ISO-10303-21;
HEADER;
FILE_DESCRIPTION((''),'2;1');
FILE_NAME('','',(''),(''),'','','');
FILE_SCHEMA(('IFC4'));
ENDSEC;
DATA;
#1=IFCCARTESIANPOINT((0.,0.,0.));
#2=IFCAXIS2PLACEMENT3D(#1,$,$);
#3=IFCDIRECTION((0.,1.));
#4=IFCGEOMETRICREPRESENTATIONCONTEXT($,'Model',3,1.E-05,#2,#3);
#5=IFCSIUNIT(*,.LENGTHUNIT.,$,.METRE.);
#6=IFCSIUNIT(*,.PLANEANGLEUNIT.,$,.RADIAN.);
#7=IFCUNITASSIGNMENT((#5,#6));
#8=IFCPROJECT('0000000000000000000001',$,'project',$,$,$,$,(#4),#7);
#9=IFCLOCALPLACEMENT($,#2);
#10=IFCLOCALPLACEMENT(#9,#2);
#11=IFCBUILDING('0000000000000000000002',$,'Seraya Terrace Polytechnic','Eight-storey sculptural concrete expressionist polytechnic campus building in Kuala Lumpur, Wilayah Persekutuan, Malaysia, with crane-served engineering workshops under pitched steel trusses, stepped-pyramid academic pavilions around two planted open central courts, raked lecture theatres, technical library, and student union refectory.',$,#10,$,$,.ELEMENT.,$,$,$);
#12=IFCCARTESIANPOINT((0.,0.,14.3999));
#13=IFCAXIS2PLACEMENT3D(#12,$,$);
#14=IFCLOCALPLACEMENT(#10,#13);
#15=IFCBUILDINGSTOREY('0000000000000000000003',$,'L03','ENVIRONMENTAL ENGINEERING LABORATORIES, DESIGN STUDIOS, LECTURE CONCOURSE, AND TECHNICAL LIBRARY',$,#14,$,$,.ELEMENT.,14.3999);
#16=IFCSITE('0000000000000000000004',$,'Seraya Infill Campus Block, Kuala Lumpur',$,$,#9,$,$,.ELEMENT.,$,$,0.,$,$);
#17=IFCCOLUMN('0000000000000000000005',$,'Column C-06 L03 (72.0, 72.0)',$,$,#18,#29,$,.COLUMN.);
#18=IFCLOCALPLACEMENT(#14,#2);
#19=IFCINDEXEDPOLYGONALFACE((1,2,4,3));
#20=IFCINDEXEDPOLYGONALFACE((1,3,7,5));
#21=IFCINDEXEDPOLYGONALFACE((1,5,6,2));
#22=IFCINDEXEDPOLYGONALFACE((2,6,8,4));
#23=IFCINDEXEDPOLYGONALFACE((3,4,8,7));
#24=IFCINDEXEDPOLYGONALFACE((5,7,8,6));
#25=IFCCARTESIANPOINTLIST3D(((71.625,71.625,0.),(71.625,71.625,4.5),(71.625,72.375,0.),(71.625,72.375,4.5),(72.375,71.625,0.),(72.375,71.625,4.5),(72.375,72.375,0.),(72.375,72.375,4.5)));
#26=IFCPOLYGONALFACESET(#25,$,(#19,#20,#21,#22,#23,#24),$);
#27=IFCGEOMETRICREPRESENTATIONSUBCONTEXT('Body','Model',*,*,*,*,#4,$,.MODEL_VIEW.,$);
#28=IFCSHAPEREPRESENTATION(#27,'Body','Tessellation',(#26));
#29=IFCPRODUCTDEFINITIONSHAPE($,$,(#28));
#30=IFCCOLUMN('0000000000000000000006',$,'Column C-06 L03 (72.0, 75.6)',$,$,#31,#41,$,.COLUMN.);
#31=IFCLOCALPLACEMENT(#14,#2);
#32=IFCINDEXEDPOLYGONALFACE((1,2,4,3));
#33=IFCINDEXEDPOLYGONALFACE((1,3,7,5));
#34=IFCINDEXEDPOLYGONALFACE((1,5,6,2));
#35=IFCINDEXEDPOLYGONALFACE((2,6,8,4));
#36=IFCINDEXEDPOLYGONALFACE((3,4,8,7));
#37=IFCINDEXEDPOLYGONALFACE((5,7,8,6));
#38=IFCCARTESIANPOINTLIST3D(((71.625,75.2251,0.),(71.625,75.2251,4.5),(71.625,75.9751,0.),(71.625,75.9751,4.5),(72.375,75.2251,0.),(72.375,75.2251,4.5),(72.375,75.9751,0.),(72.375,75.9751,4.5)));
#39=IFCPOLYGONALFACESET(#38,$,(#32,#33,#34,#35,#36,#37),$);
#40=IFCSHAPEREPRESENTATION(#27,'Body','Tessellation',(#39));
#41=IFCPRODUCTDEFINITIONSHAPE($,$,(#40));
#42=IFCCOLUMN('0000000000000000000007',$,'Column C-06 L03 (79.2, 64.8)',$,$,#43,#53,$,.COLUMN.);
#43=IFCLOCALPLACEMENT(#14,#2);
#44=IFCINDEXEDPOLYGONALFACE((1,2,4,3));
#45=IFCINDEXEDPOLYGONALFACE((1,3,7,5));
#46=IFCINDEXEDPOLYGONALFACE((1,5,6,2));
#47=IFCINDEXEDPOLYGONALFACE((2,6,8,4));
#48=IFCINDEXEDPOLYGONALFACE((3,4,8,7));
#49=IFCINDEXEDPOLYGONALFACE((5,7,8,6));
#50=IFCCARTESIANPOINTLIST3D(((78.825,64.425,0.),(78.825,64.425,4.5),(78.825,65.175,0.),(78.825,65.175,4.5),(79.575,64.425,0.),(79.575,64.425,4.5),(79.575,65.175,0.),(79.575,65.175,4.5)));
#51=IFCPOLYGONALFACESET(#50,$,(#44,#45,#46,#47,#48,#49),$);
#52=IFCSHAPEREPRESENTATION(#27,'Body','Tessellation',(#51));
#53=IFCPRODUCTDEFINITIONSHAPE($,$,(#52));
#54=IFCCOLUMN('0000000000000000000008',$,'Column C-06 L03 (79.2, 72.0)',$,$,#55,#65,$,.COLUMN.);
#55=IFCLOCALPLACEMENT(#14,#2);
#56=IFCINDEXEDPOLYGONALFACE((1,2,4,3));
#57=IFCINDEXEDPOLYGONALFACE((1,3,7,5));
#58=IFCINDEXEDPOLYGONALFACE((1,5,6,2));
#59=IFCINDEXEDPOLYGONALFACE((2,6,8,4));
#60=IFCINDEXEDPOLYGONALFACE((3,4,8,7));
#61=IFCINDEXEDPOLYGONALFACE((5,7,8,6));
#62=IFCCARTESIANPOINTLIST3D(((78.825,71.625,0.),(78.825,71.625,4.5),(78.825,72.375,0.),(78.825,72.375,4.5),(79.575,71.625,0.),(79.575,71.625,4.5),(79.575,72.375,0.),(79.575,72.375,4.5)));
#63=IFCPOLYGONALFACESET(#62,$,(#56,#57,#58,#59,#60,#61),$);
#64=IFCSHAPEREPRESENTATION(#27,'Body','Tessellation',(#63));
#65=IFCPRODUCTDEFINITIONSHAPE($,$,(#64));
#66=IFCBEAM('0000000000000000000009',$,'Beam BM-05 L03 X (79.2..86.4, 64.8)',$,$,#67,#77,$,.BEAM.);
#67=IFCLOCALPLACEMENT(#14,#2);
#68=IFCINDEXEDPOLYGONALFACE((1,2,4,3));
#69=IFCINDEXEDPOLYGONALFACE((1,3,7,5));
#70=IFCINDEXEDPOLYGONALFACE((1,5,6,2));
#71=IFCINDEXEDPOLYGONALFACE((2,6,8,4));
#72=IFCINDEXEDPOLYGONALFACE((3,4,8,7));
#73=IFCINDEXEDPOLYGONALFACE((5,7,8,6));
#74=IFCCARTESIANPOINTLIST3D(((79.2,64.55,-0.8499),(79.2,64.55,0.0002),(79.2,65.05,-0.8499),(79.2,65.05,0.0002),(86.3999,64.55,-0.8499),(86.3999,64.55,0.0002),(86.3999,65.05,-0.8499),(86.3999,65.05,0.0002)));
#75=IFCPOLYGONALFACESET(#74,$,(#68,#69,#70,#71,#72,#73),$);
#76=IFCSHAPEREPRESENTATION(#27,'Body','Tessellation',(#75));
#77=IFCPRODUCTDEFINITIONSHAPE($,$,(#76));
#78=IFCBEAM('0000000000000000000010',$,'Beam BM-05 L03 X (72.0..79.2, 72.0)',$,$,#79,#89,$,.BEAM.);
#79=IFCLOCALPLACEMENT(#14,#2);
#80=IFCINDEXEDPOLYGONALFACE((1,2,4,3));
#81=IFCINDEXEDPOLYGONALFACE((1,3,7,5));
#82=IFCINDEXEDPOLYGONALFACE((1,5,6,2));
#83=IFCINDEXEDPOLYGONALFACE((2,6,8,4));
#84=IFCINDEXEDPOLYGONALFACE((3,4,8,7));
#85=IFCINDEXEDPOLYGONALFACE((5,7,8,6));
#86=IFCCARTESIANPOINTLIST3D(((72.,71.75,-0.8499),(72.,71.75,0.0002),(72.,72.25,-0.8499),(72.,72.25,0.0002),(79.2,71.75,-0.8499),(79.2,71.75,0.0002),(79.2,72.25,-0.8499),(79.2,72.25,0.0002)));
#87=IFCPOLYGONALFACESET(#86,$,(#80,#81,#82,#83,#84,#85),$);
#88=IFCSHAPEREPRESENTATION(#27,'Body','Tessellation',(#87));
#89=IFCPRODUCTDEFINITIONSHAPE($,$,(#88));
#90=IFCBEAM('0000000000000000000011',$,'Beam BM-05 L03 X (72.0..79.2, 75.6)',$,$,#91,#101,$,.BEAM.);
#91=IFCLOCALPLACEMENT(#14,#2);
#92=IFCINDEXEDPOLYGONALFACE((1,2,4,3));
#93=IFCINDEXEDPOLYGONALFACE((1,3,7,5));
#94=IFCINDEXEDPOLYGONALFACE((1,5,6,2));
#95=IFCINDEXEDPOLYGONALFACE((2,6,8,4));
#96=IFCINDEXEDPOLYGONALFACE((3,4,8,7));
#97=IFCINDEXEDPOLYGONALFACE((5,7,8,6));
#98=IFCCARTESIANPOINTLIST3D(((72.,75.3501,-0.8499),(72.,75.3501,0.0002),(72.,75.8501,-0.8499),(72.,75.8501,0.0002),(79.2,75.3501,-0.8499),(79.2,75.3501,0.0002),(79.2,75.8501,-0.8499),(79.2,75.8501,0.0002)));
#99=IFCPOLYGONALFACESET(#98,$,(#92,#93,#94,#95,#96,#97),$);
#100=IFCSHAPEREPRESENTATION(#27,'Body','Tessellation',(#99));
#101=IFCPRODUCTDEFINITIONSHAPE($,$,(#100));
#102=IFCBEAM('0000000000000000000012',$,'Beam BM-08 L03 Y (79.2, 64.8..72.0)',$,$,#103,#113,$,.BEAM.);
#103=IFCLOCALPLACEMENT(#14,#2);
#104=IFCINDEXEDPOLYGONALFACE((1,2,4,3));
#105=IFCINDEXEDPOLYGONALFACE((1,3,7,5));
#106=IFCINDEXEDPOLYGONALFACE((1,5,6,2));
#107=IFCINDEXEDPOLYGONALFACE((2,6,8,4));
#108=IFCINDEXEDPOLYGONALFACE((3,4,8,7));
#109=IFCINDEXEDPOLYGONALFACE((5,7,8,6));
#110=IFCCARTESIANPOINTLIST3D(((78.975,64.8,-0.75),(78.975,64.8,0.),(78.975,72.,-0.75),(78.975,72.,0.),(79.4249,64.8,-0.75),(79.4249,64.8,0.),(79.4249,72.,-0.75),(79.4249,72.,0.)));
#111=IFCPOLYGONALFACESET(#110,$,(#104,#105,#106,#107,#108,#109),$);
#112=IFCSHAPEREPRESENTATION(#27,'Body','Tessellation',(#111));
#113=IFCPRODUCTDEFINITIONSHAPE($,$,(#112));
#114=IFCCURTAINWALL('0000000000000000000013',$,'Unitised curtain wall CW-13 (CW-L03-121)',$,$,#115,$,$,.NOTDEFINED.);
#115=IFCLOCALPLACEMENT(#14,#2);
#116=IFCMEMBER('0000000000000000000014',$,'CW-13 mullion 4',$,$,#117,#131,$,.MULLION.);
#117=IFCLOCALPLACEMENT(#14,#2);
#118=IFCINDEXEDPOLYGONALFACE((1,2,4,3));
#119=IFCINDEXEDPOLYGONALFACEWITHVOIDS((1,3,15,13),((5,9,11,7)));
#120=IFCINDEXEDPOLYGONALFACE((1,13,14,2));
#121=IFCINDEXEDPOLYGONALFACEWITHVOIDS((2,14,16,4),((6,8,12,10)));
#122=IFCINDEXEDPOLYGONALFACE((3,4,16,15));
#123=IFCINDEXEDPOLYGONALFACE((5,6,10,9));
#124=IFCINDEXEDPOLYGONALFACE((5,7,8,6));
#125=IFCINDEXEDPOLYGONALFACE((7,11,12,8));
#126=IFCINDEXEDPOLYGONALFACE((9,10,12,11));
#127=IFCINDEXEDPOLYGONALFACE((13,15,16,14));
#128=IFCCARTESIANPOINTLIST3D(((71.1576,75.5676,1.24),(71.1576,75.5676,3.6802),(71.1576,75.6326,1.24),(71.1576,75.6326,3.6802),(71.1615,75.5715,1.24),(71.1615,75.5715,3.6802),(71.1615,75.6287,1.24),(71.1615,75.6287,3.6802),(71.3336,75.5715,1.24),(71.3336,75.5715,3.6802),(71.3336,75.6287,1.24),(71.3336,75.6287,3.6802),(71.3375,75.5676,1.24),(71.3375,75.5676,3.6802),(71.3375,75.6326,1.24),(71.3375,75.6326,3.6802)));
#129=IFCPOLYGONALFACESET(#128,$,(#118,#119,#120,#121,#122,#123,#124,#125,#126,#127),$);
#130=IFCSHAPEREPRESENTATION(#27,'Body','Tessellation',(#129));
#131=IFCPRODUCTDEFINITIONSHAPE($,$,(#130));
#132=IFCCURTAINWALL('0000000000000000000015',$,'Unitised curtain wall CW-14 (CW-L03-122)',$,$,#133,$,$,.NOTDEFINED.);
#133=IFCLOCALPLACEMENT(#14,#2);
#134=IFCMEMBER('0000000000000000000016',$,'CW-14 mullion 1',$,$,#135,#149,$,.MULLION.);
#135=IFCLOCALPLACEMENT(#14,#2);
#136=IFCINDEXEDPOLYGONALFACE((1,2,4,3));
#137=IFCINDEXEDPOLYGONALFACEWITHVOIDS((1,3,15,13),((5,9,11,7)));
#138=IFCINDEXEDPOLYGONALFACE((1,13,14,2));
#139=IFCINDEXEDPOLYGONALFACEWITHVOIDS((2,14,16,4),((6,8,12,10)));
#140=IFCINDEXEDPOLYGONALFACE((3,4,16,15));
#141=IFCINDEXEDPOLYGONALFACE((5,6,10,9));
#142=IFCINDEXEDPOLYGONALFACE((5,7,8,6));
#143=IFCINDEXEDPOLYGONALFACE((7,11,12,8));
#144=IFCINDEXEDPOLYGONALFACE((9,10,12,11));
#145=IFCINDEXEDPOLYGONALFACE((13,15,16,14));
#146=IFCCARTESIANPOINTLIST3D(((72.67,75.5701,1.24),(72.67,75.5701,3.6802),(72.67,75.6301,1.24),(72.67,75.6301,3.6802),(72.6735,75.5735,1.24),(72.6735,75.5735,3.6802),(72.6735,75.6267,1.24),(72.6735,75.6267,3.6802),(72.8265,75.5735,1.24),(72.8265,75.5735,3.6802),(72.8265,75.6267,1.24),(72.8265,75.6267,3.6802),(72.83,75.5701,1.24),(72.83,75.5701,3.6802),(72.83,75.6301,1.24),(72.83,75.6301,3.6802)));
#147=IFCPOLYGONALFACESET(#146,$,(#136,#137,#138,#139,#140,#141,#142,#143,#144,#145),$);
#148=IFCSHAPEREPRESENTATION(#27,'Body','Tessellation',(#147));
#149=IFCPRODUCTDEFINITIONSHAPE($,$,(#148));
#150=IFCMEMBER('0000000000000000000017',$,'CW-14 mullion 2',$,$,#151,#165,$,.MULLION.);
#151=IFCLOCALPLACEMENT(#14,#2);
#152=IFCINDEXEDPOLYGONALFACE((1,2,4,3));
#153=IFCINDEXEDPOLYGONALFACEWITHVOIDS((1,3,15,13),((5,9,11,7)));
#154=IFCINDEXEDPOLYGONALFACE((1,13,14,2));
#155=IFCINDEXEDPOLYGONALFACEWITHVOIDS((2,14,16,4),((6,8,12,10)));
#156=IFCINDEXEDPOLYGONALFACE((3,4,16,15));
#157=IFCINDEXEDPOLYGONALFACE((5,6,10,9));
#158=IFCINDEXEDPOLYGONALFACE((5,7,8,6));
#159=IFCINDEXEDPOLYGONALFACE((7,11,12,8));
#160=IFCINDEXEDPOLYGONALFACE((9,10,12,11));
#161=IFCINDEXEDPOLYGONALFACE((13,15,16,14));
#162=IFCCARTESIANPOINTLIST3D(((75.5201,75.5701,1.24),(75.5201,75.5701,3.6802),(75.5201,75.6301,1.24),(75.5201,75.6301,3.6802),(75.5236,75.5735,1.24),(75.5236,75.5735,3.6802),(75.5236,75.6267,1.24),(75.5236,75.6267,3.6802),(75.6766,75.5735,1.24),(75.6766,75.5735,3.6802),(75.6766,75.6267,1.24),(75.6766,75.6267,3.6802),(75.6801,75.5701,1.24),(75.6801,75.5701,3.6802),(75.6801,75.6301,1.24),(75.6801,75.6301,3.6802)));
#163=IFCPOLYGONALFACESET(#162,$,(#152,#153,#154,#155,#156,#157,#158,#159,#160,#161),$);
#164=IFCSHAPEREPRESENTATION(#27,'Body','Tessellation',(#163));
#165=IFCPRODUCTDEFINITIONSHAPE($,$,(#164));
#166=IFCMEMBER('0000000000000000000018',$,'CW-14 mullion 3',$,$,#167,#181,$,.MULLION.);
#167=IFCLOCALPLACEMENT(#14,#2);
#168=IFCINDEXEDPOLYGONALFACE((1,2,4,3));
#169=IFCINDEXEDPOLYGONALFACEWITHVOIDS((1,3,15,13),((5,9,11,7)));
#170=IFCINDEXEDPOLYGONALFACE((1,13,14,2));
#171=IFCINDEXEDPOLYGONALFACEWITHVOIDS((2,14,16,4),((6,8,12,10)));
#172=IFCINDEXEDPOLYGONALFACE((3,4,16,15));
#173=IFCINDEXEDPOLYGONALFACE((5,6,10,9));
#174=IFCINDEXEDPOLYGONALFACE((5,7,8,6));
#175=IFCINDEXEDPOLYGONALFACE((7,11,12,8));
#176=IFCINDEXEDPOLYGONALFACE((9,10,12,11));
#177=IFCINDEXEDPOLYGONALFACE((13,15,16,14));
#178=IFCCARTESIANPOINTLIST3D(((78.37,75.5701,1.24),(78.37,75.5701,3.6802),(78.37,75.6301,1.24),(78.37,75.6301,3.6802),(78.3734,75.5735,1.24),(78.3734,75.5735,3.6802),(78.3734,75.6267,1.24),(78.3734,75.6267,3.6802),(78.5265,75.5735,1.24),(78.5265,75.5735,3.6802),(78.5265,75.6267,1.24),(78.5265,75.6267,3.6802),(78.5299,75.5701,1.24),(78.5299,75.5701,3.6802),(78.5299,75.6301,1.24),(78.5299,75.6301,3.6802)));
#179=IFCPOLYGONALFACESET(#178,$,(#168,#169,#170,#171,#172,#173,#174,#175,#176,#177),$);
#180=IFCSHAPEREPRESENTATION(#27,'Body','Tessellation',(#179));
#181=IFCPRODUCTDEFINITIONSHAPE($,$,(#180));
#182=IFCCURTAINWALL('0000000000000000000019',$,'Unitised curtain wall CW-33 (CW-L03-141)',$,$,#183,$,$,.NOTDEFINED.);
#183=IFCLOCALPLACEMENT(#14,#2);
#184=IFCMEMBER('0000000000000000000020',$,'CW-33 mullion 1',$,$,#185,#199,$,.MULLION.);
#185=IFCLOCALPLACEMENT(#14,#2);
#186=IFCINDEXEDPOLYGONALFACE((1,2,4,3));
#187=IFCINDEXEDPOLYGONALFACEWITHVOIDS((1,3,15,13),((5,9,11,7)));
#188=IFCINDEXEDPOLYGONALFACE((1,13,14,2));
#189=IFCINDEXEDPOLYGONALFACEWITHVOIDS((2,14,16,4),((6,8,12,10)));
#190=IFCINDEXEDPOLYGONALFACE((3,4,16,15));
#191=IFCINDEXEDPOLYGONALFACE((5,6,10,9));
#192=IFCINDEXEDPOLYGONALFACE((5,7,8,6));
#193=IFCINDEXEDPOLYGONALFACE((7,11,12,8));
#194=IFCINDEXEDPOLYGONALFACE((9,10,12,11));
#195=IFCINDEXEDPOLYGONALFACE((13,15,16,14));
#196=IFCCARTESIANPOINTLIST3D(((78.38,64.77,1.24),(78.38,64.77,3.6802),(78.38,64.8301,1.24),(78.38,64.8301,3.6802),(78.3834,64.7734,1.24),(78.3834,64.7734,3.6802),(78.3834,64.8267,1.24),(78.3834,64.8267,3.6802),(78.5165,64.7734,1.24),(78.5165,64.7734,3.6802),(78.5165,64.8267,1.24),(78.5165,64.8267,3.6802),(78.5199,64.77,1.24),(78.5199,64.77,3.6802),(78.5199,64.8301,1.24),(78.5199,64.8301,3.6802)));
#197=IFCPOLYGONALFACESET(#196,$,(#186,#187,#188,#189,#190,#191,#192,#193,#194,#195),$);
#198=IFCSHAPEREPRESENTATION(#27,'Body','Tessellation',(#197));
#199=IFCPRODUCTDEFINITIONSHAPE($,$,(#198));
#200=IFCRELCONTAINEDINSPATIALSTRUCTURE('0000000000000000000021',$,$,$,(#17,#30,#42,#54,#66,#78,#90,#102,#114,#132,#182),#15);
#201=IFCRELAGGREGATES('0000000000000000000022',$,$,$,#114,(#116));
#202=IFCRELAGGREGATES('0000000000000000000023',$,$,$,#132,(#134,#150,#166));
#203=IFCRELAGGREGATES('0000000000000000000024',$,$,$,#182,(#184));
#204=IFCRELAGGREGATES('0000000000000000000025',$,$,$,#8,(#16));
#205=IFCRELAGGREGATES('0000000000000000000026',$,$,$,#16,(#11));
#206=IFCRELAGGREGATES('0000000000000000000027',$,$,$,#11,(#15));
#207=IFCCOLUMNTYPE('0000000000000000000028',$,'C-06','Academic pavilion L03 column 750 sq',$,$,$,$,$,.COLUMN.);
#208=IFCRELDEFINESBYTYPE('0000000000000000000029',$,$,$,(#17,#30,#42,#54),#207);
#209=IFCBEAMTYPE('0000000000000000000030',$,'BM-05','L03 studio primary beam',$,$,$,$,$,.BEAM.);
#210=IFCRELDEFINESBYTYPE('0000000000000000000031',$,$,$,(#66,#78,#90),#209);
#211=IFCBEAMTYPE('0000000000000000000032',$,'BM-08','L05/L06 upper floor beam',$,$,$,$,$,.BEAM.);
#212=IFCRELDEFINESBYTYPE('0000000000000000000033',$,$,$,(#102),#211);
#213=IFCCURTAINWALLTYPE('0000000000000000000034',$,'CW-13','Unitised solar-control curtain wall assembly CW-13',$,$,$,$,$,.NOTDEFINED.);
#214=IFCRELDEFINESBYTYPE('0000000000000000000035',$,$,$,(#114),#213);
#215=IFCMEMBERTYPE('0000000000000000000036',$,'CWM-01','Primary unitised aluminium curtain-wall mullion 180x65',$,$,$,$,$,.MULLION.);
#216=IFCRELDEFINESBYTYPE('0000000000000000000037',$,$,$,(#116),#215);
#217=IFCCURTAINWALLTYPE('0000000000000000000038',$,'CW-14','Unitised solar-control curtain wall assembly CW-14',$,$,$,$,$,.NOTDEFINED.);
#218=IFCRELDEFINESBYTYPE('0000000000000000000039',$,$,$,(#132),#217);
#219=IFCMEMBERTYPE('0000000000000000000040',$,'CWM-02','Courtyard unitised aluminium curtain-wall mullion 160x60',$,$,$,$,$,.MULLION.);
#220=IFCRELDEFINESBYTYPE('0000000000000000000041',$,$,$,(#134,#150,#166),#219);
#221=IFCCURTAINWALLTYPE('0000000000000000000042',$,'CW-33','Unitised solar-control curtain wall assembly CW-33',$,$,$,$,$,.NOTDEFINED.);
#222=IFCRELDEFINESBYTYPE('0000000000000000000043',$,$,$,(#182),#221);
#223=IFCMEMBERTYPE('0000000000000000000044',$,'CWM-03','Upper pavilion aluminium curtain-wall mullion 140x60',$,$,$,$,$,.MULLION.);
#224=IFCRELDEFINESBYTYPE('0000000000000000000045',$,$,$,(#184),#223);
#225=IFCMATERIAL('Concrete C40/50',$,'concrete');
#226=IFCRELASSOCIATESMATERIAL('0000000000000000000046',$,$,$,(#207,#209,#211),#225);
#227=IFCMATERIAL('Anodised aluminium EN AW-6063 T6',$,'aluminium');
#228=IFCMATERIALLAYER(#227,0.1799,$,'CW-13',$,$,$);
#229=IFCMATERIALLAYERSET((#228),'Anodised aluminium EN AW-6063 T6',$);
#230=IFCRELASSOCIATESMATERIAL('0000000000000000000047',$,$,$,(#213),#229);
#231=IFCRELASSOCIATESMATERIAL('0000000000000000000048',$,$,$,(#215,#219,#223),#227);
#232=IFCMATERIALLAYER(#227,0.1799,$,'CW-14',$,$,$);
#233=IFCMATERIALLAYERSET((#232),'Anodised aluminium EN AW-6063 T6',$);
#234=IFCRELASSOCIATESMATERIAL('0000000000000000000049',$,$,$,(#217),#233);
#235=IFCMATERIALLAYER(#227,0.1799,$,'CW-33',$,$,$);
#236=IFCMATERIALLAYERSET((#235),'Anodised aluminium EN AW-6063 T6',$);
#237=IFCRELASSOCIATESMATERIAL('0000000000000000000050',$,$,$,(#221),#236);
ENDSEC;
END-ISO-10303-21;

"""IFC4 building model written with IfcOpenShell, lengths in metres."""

from ifc_helpers import new_model, si_unit, direction, frame, origin, origin_2d, place, context, subcontext, project, spatial, rectangle, hollow_rectangle, extrude, material, layer, layer_set, material_profile, profile_set, type_object, element, aggregate, save


model = new_model("IFC4")

# Units and contexts
model_context = context("Model", 3, precision=1e-05, world=origin(), true_north=direction((0.0, 1.0)))
body_context = subcontext(model_context, "Body", "Model", "MODEL_VIEW")
ifc_project = project(units=[si_unit("LENGTHUNIT", "METRE"), si_unit("PLANEANGLEUNIT", "RADIAN")], contexts=[model_context])

# Site, building, storey
site_placement = place(None, origin())
site = spatial("IfcSite", under=ifc_project, at=site_placement, Name="Seraya Infill Campus Block, Kuala Lumpur", CompositionType="ELEMENT", RefElevation=0.0)
building_placement = place(site_placement, origin())
building = spatial("IfcBuilding", under=site, at=building_placement, Name="Seraya Terrace Polytechnic", Description="Eight-storey sculptural concrete expressionist polytechnic campus building in Kuala Lumpur, Wilayah Persekutuan, Malaysia, with crane-served engineering workshops under pitched steel trusses, stepped-pyramid academic pavilions around two planted open central courts, raked lecture theatres, technical library, and student union refectory.", CompositionType="ELEMENT")
storey_placement = place(building_placement, frame((0.0, 0.0, 14.3999)))
storey = spatial("IfcBuildingStorey", under=building, at=storey_placement, Name="L03", Description="ENVIRONMENTAL ENGINEERING LABORATORIES, DESIGN STUDIOS, LECTURE CONCOURSE, AND TECHNICAL LIBRARY", CompositionType="ELEMENT", Elevation=14.3999)

# Columns
ifc_material_1 = material(Name="Concrete C40/50", Category="concrete")
ifc_material_profile_1 = material_profile(ifc_material_1, rectangle(XDim=0.75, YDim=0.75, at=origin_2d()), Name="RC 750x750")
ifc_profile_set_1 = profile_set([ifc_material_profile_1], Name="Concrete C40/50")
column_type = type_object("IfcColumnType", Name="C-06", Description="Academic pavilion L03 column 750 sq", PredefinedType="COLUMN", material=ifc_profile_set_1)
for number, where, z_axis, x_axis, name in (
    (1, (72.0, 72.0, 0.0), (0.0, 0.0, 1.0), (1.0, 0.0, 0.0), "Column C-06 L03 (72.0, 72.0)"),
    (2, (72.0, 75.6001, 0.0), (0.0, 0.0, 1.0), (1.0, 0.0, 0.0), "Column C-06 L03 (72.0, 75.6)"),
    (3, (79.2, 64.8, 0.0), (0.0, 0.0, 1.0), (1.0, 0.0, 0.0), "Column C-06 L03 (79.2, 64.8)"),
    (4, (79.2, 72.0, 0.0), (0.0, 0.0, 1.0), (1.0, 0.0, 0.0), "Column C-06 L03 (79.2, 72.0)"),
):
    element("IfcColumn", number, at=place(storey_placement, frame(where, z_axis=z_axis, x_axis=x_axis)), inside=storey, type_object=column_type, Name=name, PredefinedType="COLUMN", context=body_context, shape_type="SweptSolid", body=[
        extrude(rectangle(XDim=0.75, YDim=0.75, at=origin_2d()), origin(), (0.0, 0.0, 1.0), 4.5),
    ])

# Beams
ifc_material_profile_2 = material_profile(ifc_material_1, rectangle(XDim=0.5, YDim=0.8501, at=origin_2d()), Name="RC 500x850")
ifc_profile_set_2 = profile_set([ifc_material_profile_2], Name="Concrete C40/50")
beam_type_1 = type_object("IfcBeamType", Name="BM-05", Description="L03 studio primary beam", PredefinedType="BEAM", material=ifc_profile_set_2)
for number, where, z_axis, x_axis, name in (
    (5, (79.2, 64.8, -0.4248), (1.0, 0.0, 0.0), (0.0, 1.0, 0.0), "Beam BM-05 L03 X (79.2..86.4, 64.8)"),
    (6, (72.0, 72.0, -0.4248), (1.0, 0.0, 0.0), (0.0, 1.0, 0.0), "Beam BM-05 L03 X (72.0..79.2, 72.0)"),
    (7, (72.0, 75.6001, -0.4248), (1.0, 0.0, 0.0), (0.0, 1.0, 0.0), "Beam BM-05 L03 X (72.0..79.2, 75.6)"),
):
    element("IfcBeam", number, at=place(storey_placement, frame(where, z_axis=z_axis, x_axis=x_axis)), inside=storey, type_object=beam_type_1, Name=name, PredefinedType="BEAM", context=body_context, shape_type="SweptSolid", body=[
        extrude(rectangle(XDim=0.5, YDim=0.8501, at=origin_2d()), origin(), (0.0, 0.0, 1.0), 7.2),
    ])
ifc_material_profile_3 = material_profile(ifc_material_1, rectangle(XDim=0.45, YDim=0.75, at=origin_2d()), Name="RC 450x750")
ifc_profile_set_3 = profile_set([ifc_material_profile_3], Name="Concrete C40/50")
beam_type_2 = type_object("IfcBeamType", Name="BM-08", Description="L05/L06 upper floor beam", PredefinedType="BEAM", material=ifc_profile_set_3)
beam_placement = place(storey_placement, frame((79.2, 64.8, -0.375), z_axis=(0.0, 1.0, 0.0), x_axis=(-1.0, 0.0, 0.0)))
element("IfcBeam", 8, at=beam_placement, inside=storey, type_object=beam_type_2, Name="Beam BM-08 L03 Y (79.2, 64.8..72.0)", PredefinedType="BEAM", context=body_context, shape_type="SweptSolid", body=[
    extrude(rectangle(XDim=0.45, YDim=0.75, at=origin_2d()), origin(), (0.0, 0.0, 1.0), 7.2),
])

# Curtain wall, member
ifc_material_2 = material(Name="Anodised aluminium EN AW-6063 T6", Category="aluminium")
ifc_layer_1 = layer(ifc_material_2, 0.1799, Name="CW-13")
ifc_layer_set_1 = layer_set([ifc_layer_1], Name="Anodised aluminium EN AW-6063 T6")
curtain_wall_type_1 = type_object("IfcCurtainWallType", Name="CW-13", Description="Unitised solar-control curtain wall assembly CW-13", PredefinedType="NOTDEFINED", material=ifc_layer_set_1)
curtain_wall_1_placement = place(storey_placement, origin())
curtain_wall_1 = element("IfcCurtainWall", 9, at=curtain_wall_1_placement, inside=storey, type_object=curtain_wall_type_1, Name="Unitised curtain wall CW-13 (CW-L03-121)", PredefinedType="NOTDEFINED")
ifc_material_profile_4 = material_profile(ifc_material_2, hollow_rectangle(XDim=0.0649, YDim=0.1799, WallThickness=0.0039, at=origin_2d()), Name="RHS 180x65x4.0")
ifc_profile_set_4 = profile_set([ifc_material_profile_4], Name="Anodised aluminium EN AW-6063 T6")
member_type_1 = type_object("IfcMemberType", Name="CWM-01", Description="Primary unitised aluminium curtain-wall mullion 180x65", PredefinedType="MULLION", material=ifc_profile_set_4)
member_1_placement = place(storey_placement, frame((71.2476, 75.6001, 1.24), z_axis=(0.0, 0.0, 1.0), x_axis=(0.0, 1.0, 0.0)))
member_1 = element("IfcMember", 10, at=member_1_placement, type_object=member_type_1, Name="CW-13 mullion 4", PredefinedType="MULLION", context=body_context, shape_type="SweptSolid", body=[
    extrude(hollow_rectangle(XDim=0.0649, YDim=0.1799, WallThickness=0.0039, at=origin_2d()), origin(), (0.0, 0.0, 1.0), 2.4402),
])
aggregate(curtain_wall_1, [member_1])

# Curtain walls, members
ifc_layer_2 = layer(ifc_material_2, 0.1799, Name="CW-14")
ifc_layer_set_2 = layer_set([ifc_layer_2], Name="Anodised aluminium EN AW-6063 T6")
curtain_wall_type_2 = type_object("IfcCurtainWallType", Name="CW-14", Description="Unitised solar-control curtain wall assembly CW-14", PredefinedType="NOTDEFINED", material=ifc_layer_set_2)
curtain_wall_2_placement = place(storey_placement, origin())
curtain_wall_2 = element("IfcCurtainWall", 11, at=curtain_wall_2_placement, inside=storey, type_object=curtain_wall_type_2, Name="Unitised curtain wall CW-14 (CW-L03-122)", PredefinedType="NOTDEFINED")
ifc_material_profile_5 = material_profile(ifc_material_2, hollow_rectangle(XDim=0.0601, YDim=0.1599, WallThickness=0.0034, at=origin_2d()), Name="RHS 160x60x3.5")
ifc_profile_set_5 = profile_set([ifc_material_profile_5], Name="Anodised aluminium EN AW-6063 T6")
member_type_2 = type_object("IfcMemberType", Name="CWM-02", Description="Courtyard unitised aluminium curtain-wall mullion 160x60", PredefinedType="MULLION", material=ifc_profile_set_5)
member_2_placement = place(storey_placement, frame((72.75, 75.6001, 1.24), z_axis=(0.0, 0.0, 1.0), x_axis=(0.0, 1.0, 0.0)))
member_2 = element("IfcMember", 12, at=member_2_placement, type_object=member_type_2, Name="CW-14 mullion 1", PredefinedType="MULLION", context=body_context, shape_type="SweptSolid", body=[
    extrude(hollow_rectangle(XDim=0.0601, YDim=0.1599, WallThickness=0.0034, at=origin_2d()), origin(), (0.0, 0.0, 1.0), 2.4402),
])
member_3_placement = place(storey_placement, frame((75.6001, 75.6001, 1.24), z_axis=(0.0, 0.0, 1.0), x_axis=(0.0, 1.0, 0.0)))
member_3 = element("IfcMember", 13, at=member_3_placement, type_object=member_type_2, Name="CW-14 mullion 2", PredefinedType="MULLION", context=body_context, shape_type="SweptSolid", body=[
    extrude(hollow_rectangle(XDim=0.0601, YDim=0.1599, WallThickness=0.0034, at=origin_2d()), origin(), (0.0, 0.0, 1.0), 2.4402),
])
member_4_placement = place(storey_placement, frame((78.45, 75.6001, 1.24), z_axis=(0.0, 0.0, 1.0), x_axis=(0.0, 1.0, 0.0)))
member_4 = element("IfcMember", 14, at=member_4_placement, type_object=member_type_2, Name="CW-14 mullion 3", PredefinedType="MULLION", context=body_context, shape_type="SweptSolid", body=[
    extrude(hollow_rectangle(XDim=0.0601, YDim=0.1599, WallThickness=0.0034, at=origin_2d()), origin(), (0.0, 0.0, 1.0), 2.4402),
])
ifc_layer_3 = layer(ifc_material_2, 0.1799, Name="CW-33")
ifc_layer_set_3 = layer_set([ifc_layer_3], Name="Anodised aluminium EN AW-6063 T6")
curtain_wall_type_3 = type_object("IfcCurtainWallType", Name="CW-33", Description="Unitised solar-control curtain wall assembly CW-33", PredefinedType="NOTDEFINED", material=ifc_layer_set_3)
curtain_wall_3_placement = place(storey_placement, origin())
curtain_wall_3 = element("IfcCurtainWall", 15, at=curtain_wall_3_placement, inside=storey, type_object=curtain_wall_type_3, Name="Unitised curtain wall CW-33 (CW-L03-141)", PredefinedType="NOTDEFINED")
ifc_material_profile_6 = material_profile(ifc_material_2, hollow_rectangle(XDim=0.0601, YDim=0.1399, WallThickness=0.0034, at=origin_2d()), Name="RHS 140x60x3.5")
ifc_profile_set_6 = profile_set([ifc_material_profile_6], Name="Anodised aluminium EN AW-6063 T6")
member_type_3 = type_object("IfcMemberType", Name="CWM-03", Description="Upper pavilion aluminium curtain-wall mullion 140x60", PredefinedType="MULLION", material=ifc_profile_set_6)
member_5_placement = place(storey_placement, frame((78.45, 64.8, 1.24), z_axis=(0.0, 0.0, 1.0), x_axis=(0.0, -1.0, 0.0)))
member_5 = element("IfcMember", 16, at=member_5_placement, type_object=member_type_3, Name="CW-33 mullion 1", PredefinedType="MULLION", context=body_context, shape_type="SweptSolid", body=[
    extrude(hollow_rectangle(XDim=0.0601, YDim=0.1399, WallThickness=0.0034, at=origin_2d()), origin(), (0.0, 0.0, 1.0), 2.4402),
])

aggregate(curtain_wall_2, [member_2, member_3, member_4])
aggregate(curtain_wall_3, [member_5])

save(model, "model.ifc")
